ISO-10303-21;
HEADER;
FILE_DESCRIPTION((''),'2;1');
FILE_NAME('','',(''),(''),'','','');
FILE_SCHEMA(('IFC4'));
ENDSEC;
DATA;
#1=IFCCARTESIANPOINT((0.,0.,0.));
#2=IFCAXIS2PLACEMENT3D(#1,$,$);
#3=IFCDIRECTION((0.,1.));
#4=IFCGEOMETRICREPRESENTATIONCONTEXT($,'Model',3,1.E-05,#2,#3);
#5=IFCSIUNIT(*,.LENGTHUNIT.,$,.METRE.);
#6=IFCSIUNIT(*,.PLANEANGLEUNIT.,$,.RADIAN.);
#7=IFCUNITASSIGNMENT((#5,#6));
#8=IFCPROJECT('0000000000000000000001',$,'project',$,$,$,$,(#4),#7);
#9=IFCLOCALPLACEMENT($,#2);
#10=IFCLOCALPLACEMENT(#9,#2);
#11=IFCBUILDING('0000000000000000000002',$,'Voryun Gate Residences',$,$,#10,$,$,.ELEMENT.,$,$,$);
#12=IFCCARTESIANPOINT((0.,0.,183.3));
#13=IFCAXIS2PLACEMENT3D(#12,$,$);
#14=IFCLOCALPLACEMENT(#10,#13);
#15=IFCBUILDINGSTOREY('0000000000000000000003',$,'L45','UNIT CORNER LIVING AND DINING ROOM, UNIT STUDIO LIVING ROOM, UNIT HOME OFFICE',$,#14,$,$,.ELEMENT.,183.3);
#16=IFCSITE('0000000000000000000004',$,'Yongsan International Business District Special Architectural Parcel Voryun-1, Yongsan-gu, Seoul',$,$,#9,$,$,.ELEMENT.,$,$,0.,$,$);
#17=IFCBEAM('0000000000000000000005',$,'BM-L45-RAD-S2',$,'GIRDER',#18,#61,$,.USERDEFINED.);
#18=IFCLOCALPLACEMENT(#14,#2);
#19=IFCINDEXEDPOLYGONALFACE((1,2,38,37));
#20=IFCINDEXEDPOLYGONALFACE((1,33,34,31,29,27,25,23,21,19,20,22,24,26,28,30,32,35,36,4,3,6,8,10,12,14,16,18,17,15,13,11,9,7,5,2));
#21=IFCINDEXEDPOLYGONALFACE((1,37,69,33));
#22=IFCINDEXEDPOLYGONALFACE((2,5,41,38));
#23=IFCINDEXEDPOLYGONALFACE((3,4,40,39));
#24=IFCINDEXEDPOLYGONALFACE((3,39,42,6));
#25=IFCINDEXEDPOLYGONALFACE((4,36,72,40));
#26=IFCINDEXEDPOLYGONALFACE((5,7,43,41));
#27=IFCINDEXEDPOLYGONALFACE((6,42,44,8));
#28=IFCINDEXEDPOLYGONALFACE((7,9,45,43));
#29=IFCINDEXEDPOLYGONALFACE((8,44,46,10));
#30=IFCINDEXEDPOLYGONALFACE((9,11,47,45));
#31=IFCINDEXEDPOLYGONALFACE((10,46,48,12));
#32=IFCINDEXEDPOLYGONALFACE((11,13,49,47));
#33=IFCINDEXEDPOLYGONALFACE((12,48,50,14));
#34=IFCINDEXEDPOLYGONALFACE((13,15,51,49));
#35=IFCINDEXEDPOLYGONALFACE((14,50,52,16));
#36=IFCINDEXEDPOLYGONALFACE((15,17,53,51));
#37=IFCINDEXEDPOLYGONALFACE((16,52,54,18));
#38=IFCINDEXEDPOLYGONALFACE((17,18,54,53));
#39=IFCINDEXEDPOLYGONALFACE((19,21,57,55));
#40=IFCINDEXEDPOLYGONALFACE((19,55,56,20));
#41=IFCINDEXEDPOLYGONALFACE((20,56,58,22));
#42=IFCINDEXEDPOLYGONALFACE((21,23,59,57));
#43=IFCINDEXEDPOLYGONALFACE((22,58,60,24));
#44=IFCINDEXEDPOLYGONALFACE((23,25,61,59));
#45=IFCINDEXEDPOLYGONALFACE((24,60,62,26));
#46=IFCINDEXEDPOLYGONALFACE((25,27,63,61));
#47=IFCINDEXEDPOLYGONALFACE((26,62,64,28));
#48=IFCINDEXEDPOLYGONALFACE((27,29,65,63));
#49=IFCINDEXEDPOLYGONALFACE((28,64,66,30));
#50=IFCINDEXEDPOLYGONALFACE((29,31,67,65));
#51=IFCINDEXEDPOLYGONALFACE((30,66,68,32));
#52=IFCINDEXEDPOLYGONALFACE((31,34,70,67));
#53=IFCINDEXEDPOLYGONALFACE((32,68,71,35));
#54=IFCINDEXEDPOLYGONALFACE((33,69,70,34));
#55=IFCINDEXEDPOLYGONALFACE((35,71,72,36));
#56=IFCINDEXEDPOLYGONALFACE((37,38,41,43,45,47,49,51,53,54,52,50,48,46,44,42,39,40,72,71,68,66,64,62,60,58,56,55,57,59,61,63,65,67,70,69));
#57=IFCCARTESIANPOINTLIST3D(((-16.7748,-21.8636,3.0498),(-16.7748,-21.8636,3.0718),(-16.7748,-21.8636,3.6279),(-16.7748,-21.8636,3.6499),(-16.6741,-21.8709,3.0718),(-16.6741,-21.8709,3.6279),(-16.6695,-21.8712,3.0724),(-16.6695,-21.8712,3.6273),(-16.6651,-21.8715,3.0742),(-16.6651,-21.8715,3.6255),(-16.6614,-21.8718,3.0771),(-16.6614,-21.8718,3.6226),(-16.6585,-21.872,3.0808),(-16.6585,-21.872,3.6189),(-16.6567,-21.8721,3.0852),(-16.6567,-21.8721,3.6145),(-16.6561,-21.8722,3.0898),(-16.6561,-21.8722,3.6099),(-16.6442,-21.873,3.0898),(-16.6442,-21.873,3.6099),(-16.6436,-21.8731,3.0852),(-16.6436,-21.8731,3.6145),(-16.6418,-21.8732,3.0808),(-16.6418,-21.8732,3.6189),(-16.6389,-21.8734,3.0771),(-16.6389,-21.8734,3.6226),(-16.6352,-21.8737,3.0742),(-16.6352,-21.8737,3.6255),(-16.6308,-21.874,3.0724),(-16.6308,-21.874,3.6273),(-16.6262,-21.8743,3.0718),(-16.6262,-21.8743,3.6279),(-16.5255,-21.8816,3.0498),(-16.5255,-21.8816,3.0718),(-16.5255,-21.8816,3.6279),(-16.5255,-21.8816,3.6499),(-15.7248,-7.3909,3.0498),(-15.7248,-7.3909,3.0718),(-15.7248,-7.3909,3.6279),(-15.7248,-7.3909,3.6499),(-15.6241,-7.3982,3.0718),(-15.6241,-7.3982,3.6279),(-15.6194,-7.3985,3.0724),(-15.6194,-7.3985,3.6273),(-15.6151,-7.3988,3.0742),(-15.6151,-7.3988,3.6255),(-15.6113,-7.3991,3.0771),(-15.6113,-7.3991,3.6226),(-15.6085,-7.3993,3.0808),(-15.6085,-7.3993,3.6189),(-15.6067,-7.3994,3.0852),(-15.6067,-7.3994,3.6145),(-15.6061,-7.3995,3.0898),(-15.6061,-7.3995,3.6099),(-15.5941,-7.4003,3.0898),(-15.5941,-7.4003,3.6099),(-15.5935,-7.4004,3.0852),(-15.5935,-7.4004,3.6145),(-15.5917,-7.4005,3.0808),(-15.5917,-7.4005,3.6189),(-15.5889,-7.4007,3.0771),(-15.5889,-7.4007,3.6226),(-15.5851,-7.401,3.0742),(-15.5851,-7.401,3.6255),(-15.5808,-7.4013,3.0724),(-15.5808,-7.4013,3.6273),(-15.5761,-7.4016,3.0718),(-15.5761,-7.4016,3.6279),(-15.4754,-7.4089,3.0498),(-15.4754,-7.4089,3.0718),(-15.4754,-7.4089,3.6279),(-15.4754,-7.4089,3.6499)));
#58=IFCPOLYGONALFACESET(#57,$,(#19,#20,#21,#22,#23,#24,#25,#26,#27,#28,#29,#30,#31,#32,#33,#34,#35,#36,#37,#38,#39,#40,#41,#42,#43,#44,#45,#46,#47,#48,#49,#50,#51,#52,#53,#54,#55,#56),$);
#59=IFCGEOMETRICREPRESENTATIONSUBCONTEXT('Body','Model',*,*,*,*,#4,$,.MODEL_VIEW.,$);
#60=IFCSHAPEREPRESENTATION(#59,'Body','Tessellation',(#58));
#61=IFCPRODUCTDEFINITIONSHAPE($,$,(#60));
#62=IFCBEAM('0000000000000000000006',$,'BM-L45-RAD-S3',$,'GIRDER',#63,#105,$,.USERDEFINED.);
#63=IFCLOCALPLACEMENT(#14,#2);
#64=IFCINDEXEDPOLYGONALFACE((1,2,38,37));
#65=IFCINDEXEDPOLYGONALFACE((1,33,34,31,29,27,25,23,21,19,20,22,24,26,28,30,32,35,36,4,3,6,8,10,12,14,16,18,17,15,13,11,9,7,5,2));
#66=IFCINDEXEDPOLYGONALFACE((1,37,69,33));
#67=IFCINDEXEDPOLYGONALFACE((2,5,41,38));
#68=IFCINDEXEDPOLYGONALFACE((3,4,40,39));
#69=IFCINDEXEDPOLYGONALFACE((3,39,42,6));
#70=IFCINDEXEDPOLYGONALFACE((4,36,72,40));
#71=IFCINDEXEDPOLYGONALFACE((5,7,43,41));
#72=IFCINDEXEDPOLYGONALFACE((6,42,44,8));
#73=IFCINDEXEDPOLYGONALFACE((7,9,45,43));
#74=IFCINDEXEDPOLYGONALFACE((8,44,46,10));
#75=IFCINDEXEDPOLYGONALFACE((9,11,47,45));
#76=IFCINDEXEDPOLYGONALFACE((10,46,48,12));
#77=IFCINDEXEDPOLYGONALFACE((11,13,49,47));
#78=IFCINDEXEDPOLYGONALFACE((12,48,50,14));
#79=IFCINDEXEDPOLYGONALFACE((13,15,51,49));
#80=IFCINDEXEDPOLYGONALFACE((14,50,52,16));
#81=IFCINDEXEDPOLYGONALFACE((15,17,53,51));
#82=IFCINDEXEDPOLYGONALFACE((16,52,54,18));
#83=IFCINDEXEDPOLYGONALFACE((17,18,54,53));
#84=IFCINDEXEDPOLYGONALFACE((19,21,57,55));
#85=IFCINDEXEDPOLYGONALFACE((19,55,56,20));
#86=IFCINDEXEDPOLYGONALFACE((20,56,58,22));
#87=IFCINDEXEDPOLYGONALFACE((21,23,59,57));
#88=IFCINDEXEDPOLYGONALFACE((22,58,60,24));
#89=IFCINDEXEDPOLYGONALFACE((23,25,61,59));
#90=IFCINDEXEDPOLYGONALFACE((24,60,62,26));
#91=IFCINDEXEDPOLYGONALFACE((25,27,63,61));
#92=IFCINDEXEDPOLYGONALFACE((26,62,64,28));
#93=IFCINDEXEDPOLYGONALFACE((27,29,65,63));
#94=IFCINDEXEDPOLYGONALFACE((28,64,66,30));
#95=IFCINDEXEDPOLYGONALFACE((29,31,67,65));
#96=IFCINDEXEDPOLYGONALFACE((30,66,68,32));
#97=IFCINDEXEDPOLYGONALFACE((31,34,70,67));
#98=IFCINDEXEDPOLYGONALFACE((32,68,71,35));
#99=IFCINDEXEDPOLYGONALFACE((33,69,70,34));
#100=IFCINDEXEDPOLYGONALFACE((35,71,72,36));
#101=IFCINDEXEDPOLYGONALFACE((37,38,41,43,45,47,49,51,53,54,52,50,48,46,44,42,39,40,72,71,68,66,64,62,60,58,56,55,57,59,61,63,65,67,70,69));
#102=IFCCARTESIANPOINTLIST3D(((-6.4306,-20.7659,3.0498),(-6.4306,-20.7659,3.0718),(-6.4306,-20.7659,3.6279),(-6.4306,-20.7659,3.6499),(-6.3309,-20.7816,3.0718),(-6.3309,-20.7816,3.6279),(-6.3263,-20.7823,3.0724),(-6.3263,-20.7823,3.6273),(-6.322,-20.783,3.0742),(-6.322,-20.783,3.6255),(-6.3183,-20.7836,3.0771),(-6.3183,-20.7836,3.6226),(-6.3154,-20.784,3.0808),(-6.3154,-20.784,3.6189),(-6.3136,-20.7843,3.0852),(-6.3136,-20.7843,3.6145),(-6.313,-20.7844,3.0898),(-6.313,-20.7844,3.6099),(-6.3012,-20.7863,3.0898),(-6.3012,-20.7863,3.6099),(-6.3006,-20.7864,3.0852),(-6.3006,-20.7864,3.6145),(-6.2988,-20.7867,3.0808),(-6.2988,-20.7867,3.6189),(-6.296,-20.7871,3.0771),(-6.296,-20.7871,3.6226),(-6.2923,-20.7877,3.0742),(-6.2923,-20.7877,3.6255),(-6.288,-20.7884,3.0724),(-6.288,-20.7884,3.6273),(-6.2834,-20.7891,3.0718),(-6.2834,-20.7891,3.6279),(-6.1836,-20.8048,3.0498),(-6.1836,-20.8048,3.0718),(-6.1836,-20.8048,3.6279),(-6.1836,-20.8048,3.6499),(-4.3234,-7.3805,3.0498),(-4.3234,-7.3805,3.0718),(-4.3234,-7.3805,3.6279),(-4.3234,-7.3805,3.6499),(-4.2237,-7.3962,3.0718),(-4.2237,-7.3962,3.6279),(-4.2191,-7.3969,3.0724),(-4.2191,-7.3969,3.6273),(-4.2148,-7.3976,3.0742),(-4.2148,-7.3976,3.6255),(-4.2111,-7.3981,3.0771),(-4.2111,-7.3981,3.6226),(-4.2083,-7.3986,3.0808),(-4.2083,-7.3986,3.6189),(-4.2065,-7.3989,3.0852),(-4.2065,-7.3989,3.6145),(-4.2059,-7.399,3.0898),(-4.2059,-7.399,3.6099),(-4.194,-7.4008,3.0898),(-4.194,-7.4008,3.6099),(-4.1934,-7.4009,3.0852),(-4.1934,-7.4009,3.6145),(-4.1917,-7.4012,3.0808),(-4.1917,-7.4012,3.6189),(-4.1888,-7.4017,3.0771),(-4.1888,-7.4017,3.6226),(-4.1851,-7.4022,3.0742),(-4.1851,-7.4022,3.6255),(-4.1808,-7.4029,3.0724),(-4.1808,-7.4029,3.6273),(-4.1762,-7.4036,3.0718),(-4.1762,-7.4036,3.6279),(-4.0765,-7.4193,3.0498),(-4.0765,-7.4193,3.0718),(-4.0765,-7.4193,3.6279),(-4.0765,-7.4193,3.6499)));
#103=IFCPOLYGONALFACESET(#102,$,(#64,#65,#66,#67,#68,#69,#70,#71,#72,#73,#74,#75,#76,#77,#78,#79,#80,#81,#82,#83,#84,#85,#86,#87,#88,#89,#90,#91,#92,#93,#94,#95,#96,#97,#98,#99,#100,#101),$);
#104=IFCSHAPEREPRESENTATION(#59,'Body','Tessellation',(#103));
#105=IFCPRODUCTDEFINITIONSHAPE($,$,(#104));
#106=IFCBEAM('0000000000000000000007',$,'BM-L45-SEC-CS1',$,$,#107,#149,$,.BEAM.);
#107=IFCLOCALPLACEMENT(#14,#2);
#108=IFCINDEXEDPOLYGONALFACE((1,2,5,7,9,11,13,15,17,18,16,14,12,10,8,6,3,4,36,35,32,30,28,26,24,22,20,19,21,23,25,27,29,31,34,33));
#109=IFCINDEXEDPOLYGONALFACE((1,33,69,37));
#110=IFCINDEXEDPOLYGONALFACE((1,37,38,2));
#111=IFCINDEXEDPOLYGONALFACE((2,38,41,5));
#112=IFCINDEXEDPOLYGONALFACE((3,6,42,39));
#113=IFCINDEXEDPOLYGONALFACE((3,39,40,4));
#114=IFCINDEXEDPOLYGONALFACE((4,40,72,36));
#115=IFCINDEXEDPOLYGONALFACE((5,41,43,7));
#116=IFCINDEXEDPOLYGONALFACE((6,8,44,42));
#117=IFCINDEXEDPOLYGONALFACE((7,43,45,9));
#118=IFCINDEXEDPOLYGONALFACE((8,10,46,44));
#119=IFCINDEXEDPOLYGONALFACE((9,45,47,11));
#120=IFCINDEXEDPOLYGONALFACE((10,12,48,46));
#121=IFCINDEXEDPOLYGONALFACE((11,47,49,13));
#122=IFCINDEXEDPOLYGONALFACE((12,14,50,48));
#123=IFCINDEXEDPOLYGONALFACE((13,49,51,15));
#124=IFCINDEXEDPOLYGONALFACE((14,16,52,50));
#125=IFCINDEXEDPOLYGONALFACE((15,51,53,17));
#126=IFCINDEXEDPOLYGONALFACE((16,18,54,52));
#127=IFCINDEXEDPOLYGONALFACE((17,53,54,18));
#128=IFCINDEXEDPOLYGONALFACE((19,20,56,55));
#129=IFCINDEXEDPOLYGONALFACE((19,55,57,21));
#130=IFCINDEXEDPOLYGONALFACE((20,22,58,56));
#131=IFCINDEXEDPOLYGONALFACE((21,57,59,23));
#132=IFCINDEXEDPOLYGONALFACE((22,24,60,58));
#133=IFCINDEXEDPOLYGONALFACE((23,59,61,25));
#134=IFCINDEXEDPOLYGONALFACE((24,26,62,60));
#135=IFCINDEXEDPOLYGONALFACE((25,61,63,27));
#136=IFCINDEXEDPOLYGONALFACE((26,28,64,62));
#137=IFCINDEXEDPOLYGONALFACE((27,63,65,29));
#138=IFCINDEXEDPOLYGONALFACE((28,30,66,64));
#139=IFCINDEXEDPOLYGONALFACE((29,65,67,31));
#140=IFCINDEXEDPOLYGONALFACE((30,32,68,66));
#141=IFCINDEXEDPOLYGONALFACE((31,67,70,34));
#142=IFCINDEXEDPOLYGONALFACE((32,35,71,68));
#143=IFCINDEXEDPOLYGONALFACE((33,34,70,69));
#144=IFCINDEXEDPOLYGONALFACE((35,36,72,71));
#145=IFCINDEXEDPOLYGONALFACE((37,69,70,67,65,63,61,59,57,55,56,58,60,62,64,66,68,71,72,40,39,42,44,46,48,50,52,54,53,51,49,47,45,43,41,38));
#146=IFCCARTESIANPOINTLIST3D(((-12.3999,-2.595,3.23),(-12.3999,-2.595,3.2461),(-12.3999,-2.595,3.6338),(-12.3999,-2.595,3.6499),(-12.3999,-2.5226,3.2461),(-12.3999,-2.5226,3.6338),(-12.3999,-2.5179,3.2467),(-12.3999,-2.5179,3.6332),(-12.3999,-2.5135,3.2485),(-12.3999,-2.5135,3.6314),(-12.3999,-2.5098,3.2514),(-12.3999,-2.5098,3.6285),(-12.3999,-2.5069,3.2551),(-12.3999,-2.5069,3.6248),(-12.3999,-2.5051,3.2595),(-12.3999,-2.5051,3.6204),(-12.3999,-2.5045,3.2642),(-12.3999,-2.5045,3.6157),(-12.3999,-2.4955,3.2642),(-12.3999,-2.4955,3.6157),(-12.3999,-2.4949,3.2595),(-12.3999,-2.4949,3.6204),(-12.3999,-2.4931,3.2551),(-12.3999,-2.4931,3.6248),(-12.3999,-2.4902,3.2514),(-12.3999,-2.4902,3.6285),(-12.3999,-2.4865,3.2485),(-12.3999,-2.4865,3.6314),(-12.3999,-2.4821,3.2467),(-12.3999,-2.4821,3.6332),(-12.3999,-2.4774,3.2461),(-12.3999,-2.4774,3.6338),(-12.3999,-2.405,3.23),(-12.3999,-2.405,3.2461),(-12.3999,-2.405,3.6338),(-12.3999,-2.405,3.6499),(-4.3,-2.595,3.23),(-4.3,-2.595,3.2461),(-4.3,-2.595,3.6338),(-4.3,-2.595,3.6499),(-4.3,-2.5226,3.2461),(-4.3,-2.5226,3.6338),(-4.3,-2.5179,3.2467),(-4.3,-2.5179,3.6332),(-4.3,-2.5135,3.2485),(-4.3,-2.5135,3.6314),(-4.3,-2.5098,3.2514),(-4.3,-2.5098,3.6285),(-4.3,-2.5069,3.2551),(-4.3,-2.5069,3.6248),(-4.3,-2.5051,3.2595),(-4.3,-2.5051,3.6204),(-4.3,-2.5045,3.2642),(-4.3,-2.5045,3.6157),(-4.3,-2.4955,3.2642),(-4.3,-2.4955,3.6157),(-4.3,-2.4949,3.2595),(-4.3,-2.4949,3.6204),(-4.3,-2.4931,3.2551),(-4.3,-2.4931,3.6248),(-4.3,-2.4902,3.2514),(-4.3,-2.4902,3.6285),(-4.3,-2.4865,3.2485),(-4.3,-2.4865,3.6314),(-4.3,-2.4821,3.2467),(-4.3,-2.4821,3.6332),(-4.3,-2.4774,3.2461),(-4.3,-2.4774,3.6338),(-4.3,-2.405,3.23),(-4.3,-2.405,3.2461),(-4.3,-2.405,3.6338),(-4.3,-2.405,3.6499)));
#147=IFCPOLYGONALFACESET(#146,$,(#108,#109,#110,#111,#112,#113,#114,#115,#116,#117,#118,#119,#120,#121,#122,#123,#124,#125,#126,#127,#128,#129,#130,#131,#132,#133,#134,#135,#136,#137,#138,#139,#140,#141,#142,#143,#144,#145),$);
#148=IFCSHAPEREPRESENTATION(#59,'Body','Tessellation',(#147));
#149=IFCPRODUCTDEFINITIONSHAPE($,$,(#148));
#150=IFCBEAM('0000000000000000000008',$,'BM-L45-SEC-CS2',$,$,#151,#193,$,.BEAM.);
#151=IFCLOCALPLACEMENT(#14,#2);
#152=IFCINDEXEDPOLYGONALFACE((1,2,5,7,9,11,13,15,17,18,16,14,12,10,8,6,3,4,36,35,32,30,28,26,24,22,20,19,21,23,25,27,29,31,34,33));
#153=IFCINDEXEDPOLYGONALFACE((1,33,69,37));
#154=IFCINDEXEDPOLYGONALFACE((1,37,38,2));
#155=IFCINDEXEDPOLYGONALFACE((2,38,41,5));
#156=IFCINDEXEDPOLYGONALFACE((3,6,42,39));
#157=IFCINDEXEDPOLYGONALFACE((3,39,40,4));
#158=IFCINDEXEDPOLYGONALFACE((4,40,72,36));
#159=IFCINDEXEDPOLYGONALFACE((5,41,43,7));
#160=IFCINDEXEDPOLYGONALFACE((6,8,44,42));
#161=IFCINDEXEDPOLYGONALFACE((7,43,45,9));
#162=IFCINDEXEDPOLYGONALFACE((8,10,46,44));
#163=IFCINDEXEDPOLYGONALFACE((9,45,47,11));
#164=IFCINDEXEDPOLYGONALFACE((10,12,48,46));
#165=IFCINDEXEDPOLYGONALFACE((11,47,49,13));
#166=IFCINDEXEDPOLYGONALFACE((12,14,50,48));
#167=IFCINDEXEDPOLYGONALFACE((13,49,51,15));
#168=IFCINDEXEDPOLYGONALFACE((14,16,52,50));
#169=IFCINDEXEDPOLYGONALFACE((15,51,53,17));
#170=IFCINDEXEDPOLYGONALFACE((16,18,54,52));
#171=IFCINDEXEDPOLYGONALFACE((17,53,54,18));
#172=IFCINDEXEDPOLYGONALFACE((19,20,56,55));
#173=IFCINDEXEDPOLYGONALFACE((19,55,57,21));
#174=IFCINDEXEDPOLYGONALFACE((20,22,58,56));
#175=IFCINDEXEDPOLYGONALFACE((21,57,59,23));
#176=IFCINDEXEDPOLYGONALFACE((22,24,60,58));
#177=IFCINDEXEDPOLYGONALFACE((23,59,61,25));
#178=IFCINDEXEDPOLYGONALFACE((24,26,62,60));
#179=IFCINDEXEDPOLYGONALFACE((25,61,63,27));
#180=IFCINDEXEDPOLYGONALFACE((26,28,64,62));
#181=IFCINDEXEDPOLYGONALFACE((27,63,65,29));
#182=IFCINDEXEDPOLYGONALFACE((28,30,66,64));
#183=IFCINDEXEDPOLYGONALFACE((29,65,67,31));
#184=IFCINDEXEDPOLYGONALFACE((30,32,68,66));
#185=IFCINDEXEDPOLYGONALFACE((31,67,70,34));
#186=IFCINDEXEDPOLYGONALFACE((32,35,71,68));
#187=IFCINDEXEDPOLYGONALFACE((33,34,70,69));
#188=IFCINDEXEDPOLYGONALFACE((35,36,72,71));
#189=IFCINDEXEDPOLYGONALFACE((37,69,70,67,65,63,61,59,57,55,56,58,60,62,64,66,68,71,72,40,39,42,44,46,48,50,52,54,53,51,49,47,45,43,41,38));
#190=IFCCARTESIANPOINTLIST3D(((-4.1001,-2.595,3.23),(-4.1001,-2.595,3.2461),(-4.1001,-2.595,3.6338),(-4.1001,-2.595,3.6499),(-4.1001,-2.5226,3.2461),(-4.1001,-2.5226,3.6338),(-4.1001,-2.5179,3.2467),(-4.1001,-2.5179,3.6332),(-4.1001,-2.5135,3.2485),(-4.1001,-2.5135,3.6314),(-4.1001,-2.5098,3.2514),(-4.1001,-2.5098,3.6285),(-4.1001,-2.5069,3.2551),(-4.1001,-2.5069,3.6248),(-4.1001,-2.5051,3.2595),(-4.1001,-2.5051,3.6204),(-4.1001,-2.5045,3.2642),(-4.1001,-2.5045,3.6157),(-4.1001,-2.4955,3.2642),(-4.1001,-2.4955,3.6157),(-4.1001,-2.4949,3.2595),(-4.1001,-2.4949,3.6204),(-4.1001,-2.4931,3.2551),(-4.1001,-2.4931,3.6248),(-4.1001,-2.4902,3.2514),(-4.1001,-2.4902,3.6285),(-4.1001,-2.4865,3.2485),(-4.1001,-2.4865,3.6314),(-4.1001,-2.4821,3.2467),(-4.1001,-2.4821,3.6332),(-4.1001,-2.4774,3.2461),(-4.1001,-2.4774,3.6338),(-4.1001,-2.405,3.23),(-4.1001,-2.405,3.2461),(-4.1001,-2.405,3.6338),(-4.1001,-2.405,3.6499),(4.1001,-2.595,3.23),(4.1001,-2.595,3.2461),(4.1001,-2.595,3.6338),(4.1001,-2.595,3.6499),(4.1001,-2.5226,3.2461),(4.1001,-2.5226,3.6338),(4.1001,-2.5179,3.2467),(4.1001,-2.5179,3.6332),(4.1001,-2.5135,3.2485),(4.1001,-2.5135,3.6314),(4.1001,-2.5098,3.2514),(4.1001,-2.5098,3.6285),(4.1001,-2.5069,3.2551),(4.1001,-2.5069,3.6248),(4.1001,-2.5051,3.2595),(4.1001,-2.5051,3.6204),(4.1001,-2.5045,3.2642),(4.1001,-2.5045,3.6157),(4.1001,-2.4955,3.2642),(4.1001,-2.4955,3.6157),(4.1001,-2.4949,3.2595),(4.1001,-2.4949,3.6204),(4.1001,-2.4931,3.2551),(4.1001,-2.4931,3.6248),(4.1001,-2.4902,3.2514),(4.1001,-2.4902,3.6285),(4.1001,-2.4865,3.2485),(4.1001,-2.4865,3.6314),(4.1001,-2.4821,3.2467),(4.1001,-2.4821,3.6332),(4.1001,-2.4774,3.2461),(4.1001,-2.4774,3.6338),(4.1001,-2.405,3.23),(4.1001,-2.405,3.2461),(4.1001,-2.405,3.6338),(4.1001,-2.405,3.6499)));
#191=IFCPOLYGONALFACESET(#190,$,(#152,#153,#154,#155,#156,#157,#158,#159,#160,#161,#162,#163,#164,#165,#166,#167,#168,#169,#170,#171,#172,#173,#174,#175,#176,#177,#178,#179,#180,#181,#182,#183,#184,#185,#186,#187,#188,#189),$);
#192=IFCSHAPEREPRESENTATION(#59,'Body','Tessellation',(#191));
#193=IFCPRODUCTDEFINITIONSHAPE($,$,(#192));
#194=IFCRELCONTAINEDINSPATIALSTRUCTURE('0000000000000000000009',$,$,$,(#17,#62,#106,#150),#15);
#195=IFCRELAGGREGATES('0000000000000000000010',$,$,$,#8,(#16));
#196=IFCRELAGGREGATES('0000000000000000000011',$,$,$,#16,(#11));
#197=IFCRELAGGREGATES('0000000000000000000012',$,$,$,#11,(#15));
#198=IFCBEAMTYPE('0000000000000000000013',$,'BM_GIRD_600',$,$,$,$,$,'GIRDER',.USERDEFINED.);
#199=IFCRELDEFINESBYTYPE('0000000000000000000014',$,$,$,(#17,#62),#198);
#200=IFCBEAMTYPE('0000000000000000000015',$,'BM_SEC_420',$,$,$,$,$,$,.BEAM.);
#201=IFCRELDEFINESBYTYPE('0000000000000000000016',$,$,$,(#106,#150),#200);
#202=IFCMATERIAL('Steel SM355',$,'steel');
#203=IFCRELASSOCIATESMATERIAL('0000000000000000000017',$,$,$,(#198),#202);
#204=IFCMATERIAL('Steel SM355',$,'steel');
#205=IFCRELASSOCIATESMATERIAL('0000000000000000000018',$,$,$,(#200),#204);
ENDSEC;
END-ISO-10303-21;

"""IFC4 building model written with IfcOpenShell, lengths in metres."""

from ifc_helpers import new_model, si_unit, direction, frame, origin, origin_2d, place, context, subcontext, project, spatial, i_section, extrude, material, material_profile, profile_set, type_object, element, save


model = new_model("IFC4")

# Units and contexts
model_context = context("Model", 3, precision=1e-05, world=origin(), true_north=direction((0.0, 1.0)))
body_context = subcontext(model_context, "Body", "Model", "MODEL_VIEW")
ifc_project = project(units=[si_unit("LENGTHUNIT", "METRE"), si_unit("PLANEANGLEUNIT", "RADIAN")], contexts=[model_context])

# Site, building, storey
site_placement = place(None, origin())
site = spatial("IfcSite", under=ifc_project, at=site_placement, Name="Yongsan International Business District Special Architectural Parcel Voryun-1, Yongsan-gu, Seoul", CompositionType="ELEMENT", RefElevation=0.0)
building_placement = place(site_placement, origin())
building = spatial("IfcBuilding", under=site, at=building_placement, Name="Voryun Gate Residences", CompositionType="ELEMENT")
storey_placement = place(building_placement, frame((0.0, 0.0, 183.3)))
storey = spatial("IfcBuildingStorey", under=building, at=storey_placement, Name="L45", Description="UNIT CORNER LIVING AND DINING ROOM, UNIT STUDIO LIVING ROOM, UNIT HOME OFFICE", CompositionType="ELEMENT", Elevation=183.3)

# Beams
ifc_material_1 = material(Name="Steel SM355", Category="steel")
ifc_material_profile_1 = material_profile(ifc_material_1, i_section(OverallWidth=0.25, OverallDepth=0.6001, WebThickness=0.012, FlangeThickness=0.022, FilletRadius=0.0181, at=origin_2d()), Name="H-600x250x12x22")
ifc_profile_set_1 = profile_set([ifc_material_profile_1], Name="Steel SM355")
beam_type_1 = type_object("IfcBeamType", Name="BM_GIRD_600", ElementType="GIRDER", PredefinedType="USERDEFINED", material=ifc_profile_set_1)
beam_1_placement = place(storey_placement, frame((-15.6001, -7.3999, 3.3499), z_axis=(-0.072364, -0.997378, 0.0), x_axis=(0.997378, -0.072364, 0.0)))
element("IfcBeam", 1, at=beam_1_placement, inside=storey, type_object=beam_type_1, Name="BM-L45-RAD-S2", ObjectType="GIRDER", PredefinedType="USERDEFINED", context=body_context, shape_type="SweptSolid", body=[
    extrude(i_section(OverallWidth=0.25, OverallDepth=0.6001, WebThickness=0.012, FlangeThickness=0.022, FilletRadius=0.0181, at=origin_2d()), origin(), (0.0, 0.0, 1.0), 14.5107),
])
beam_2_placement = place(storey_placement, frame((-4.2, -7.3999, 3.3499), z_axis=(-0.155507, -0.987835, 0.0), x_axis=(0.987835, -0.155507, 0.0)))
element("IfcBeam", 2, at=beam_2_placement, inside=storey, type_object=beam_type_1, Name="BM-L45-RAD-S3", ObjectType="GIRDER", PredefinedType="USERDEFINED", context=body_context, shape_type="SweptSolid", body=[
    extrude(i_section(OverallWidth=0.25, OverallDepth=0.6001, WebThickness=0.012, FlangeThickness=0.022, FilletRadius=0.0181, at=origin_2d()), origin(), (0.0, 0.0, 1.0), 13.5503),
])
ifc_material_2 = material(Name="Steel SM355", Category="steel")
ifc_material_profile_2 = material_profile(ifc_material_2, i_section(OverallWidth=0.1899, OverallDepth=0.4199, WebThickness=0.009, FlangeThickness=0.0161, FilletRadius=0.0181, at=origin_2d()), Name="H-420x190x9x16")
ifc_profile_set_2 = profile_set([ifc_material_profile_2], Name="Steel SM355")
beam_type_2 = type_object("IfcBeamType", Name="BM_SEC_420", PredefinedType="BEAM", material=ifc_profile_set_2)
beam_3_placement = place(storey_placement, frame((-12.3999, -2.5, 3.4399), z_axis=(1.0, 0.0, 0.0), x_axis=(0.0, 1.0, 0.0)))
element("IfcBeam", 3, at=beam_3_placement, inside=storey, type_object=beam_type_2, Name="BM-L45-SEC-CS1", PredefinedType="BEAM", context=body_context, shape_type="SweptSolid", body=[
    extrude(i_section(OverallWidth=0.1899, OverallDepth=0.4199, WebThickness=0.009, FlangeThickness=0.0161, FilletRadius=0.0181, at=origin_2d()), origin(), (0.0, 0.0, 1.0), 8.0999),
])
beam_4_placement = place(storey_placement, frame((-4.1001, -2.5, 3.4399), z_axis=(1.0, 0.0, 0.0), x_axis=(0.0, 1.0, 0.0)))
element("IfcBeam", 4, at=beam_4_placement, inside=storey, type_object=beam_type_2, Name="BM-L45-SEC-CS2", PredefinedType="BEAM", context=body_context, shape_type="SweptSolid", body=[
    extrude(i_section(OverallWidth=0.1899, OverallDepth=0.4199, WebThickness=0.009, FlangeThickness=0.0161, FilletRadius=0.0181, at=origin_2d()), origin(), (0.0, 0.0, 1.0), 8.2002),
])

save(model, "model.ifc")
